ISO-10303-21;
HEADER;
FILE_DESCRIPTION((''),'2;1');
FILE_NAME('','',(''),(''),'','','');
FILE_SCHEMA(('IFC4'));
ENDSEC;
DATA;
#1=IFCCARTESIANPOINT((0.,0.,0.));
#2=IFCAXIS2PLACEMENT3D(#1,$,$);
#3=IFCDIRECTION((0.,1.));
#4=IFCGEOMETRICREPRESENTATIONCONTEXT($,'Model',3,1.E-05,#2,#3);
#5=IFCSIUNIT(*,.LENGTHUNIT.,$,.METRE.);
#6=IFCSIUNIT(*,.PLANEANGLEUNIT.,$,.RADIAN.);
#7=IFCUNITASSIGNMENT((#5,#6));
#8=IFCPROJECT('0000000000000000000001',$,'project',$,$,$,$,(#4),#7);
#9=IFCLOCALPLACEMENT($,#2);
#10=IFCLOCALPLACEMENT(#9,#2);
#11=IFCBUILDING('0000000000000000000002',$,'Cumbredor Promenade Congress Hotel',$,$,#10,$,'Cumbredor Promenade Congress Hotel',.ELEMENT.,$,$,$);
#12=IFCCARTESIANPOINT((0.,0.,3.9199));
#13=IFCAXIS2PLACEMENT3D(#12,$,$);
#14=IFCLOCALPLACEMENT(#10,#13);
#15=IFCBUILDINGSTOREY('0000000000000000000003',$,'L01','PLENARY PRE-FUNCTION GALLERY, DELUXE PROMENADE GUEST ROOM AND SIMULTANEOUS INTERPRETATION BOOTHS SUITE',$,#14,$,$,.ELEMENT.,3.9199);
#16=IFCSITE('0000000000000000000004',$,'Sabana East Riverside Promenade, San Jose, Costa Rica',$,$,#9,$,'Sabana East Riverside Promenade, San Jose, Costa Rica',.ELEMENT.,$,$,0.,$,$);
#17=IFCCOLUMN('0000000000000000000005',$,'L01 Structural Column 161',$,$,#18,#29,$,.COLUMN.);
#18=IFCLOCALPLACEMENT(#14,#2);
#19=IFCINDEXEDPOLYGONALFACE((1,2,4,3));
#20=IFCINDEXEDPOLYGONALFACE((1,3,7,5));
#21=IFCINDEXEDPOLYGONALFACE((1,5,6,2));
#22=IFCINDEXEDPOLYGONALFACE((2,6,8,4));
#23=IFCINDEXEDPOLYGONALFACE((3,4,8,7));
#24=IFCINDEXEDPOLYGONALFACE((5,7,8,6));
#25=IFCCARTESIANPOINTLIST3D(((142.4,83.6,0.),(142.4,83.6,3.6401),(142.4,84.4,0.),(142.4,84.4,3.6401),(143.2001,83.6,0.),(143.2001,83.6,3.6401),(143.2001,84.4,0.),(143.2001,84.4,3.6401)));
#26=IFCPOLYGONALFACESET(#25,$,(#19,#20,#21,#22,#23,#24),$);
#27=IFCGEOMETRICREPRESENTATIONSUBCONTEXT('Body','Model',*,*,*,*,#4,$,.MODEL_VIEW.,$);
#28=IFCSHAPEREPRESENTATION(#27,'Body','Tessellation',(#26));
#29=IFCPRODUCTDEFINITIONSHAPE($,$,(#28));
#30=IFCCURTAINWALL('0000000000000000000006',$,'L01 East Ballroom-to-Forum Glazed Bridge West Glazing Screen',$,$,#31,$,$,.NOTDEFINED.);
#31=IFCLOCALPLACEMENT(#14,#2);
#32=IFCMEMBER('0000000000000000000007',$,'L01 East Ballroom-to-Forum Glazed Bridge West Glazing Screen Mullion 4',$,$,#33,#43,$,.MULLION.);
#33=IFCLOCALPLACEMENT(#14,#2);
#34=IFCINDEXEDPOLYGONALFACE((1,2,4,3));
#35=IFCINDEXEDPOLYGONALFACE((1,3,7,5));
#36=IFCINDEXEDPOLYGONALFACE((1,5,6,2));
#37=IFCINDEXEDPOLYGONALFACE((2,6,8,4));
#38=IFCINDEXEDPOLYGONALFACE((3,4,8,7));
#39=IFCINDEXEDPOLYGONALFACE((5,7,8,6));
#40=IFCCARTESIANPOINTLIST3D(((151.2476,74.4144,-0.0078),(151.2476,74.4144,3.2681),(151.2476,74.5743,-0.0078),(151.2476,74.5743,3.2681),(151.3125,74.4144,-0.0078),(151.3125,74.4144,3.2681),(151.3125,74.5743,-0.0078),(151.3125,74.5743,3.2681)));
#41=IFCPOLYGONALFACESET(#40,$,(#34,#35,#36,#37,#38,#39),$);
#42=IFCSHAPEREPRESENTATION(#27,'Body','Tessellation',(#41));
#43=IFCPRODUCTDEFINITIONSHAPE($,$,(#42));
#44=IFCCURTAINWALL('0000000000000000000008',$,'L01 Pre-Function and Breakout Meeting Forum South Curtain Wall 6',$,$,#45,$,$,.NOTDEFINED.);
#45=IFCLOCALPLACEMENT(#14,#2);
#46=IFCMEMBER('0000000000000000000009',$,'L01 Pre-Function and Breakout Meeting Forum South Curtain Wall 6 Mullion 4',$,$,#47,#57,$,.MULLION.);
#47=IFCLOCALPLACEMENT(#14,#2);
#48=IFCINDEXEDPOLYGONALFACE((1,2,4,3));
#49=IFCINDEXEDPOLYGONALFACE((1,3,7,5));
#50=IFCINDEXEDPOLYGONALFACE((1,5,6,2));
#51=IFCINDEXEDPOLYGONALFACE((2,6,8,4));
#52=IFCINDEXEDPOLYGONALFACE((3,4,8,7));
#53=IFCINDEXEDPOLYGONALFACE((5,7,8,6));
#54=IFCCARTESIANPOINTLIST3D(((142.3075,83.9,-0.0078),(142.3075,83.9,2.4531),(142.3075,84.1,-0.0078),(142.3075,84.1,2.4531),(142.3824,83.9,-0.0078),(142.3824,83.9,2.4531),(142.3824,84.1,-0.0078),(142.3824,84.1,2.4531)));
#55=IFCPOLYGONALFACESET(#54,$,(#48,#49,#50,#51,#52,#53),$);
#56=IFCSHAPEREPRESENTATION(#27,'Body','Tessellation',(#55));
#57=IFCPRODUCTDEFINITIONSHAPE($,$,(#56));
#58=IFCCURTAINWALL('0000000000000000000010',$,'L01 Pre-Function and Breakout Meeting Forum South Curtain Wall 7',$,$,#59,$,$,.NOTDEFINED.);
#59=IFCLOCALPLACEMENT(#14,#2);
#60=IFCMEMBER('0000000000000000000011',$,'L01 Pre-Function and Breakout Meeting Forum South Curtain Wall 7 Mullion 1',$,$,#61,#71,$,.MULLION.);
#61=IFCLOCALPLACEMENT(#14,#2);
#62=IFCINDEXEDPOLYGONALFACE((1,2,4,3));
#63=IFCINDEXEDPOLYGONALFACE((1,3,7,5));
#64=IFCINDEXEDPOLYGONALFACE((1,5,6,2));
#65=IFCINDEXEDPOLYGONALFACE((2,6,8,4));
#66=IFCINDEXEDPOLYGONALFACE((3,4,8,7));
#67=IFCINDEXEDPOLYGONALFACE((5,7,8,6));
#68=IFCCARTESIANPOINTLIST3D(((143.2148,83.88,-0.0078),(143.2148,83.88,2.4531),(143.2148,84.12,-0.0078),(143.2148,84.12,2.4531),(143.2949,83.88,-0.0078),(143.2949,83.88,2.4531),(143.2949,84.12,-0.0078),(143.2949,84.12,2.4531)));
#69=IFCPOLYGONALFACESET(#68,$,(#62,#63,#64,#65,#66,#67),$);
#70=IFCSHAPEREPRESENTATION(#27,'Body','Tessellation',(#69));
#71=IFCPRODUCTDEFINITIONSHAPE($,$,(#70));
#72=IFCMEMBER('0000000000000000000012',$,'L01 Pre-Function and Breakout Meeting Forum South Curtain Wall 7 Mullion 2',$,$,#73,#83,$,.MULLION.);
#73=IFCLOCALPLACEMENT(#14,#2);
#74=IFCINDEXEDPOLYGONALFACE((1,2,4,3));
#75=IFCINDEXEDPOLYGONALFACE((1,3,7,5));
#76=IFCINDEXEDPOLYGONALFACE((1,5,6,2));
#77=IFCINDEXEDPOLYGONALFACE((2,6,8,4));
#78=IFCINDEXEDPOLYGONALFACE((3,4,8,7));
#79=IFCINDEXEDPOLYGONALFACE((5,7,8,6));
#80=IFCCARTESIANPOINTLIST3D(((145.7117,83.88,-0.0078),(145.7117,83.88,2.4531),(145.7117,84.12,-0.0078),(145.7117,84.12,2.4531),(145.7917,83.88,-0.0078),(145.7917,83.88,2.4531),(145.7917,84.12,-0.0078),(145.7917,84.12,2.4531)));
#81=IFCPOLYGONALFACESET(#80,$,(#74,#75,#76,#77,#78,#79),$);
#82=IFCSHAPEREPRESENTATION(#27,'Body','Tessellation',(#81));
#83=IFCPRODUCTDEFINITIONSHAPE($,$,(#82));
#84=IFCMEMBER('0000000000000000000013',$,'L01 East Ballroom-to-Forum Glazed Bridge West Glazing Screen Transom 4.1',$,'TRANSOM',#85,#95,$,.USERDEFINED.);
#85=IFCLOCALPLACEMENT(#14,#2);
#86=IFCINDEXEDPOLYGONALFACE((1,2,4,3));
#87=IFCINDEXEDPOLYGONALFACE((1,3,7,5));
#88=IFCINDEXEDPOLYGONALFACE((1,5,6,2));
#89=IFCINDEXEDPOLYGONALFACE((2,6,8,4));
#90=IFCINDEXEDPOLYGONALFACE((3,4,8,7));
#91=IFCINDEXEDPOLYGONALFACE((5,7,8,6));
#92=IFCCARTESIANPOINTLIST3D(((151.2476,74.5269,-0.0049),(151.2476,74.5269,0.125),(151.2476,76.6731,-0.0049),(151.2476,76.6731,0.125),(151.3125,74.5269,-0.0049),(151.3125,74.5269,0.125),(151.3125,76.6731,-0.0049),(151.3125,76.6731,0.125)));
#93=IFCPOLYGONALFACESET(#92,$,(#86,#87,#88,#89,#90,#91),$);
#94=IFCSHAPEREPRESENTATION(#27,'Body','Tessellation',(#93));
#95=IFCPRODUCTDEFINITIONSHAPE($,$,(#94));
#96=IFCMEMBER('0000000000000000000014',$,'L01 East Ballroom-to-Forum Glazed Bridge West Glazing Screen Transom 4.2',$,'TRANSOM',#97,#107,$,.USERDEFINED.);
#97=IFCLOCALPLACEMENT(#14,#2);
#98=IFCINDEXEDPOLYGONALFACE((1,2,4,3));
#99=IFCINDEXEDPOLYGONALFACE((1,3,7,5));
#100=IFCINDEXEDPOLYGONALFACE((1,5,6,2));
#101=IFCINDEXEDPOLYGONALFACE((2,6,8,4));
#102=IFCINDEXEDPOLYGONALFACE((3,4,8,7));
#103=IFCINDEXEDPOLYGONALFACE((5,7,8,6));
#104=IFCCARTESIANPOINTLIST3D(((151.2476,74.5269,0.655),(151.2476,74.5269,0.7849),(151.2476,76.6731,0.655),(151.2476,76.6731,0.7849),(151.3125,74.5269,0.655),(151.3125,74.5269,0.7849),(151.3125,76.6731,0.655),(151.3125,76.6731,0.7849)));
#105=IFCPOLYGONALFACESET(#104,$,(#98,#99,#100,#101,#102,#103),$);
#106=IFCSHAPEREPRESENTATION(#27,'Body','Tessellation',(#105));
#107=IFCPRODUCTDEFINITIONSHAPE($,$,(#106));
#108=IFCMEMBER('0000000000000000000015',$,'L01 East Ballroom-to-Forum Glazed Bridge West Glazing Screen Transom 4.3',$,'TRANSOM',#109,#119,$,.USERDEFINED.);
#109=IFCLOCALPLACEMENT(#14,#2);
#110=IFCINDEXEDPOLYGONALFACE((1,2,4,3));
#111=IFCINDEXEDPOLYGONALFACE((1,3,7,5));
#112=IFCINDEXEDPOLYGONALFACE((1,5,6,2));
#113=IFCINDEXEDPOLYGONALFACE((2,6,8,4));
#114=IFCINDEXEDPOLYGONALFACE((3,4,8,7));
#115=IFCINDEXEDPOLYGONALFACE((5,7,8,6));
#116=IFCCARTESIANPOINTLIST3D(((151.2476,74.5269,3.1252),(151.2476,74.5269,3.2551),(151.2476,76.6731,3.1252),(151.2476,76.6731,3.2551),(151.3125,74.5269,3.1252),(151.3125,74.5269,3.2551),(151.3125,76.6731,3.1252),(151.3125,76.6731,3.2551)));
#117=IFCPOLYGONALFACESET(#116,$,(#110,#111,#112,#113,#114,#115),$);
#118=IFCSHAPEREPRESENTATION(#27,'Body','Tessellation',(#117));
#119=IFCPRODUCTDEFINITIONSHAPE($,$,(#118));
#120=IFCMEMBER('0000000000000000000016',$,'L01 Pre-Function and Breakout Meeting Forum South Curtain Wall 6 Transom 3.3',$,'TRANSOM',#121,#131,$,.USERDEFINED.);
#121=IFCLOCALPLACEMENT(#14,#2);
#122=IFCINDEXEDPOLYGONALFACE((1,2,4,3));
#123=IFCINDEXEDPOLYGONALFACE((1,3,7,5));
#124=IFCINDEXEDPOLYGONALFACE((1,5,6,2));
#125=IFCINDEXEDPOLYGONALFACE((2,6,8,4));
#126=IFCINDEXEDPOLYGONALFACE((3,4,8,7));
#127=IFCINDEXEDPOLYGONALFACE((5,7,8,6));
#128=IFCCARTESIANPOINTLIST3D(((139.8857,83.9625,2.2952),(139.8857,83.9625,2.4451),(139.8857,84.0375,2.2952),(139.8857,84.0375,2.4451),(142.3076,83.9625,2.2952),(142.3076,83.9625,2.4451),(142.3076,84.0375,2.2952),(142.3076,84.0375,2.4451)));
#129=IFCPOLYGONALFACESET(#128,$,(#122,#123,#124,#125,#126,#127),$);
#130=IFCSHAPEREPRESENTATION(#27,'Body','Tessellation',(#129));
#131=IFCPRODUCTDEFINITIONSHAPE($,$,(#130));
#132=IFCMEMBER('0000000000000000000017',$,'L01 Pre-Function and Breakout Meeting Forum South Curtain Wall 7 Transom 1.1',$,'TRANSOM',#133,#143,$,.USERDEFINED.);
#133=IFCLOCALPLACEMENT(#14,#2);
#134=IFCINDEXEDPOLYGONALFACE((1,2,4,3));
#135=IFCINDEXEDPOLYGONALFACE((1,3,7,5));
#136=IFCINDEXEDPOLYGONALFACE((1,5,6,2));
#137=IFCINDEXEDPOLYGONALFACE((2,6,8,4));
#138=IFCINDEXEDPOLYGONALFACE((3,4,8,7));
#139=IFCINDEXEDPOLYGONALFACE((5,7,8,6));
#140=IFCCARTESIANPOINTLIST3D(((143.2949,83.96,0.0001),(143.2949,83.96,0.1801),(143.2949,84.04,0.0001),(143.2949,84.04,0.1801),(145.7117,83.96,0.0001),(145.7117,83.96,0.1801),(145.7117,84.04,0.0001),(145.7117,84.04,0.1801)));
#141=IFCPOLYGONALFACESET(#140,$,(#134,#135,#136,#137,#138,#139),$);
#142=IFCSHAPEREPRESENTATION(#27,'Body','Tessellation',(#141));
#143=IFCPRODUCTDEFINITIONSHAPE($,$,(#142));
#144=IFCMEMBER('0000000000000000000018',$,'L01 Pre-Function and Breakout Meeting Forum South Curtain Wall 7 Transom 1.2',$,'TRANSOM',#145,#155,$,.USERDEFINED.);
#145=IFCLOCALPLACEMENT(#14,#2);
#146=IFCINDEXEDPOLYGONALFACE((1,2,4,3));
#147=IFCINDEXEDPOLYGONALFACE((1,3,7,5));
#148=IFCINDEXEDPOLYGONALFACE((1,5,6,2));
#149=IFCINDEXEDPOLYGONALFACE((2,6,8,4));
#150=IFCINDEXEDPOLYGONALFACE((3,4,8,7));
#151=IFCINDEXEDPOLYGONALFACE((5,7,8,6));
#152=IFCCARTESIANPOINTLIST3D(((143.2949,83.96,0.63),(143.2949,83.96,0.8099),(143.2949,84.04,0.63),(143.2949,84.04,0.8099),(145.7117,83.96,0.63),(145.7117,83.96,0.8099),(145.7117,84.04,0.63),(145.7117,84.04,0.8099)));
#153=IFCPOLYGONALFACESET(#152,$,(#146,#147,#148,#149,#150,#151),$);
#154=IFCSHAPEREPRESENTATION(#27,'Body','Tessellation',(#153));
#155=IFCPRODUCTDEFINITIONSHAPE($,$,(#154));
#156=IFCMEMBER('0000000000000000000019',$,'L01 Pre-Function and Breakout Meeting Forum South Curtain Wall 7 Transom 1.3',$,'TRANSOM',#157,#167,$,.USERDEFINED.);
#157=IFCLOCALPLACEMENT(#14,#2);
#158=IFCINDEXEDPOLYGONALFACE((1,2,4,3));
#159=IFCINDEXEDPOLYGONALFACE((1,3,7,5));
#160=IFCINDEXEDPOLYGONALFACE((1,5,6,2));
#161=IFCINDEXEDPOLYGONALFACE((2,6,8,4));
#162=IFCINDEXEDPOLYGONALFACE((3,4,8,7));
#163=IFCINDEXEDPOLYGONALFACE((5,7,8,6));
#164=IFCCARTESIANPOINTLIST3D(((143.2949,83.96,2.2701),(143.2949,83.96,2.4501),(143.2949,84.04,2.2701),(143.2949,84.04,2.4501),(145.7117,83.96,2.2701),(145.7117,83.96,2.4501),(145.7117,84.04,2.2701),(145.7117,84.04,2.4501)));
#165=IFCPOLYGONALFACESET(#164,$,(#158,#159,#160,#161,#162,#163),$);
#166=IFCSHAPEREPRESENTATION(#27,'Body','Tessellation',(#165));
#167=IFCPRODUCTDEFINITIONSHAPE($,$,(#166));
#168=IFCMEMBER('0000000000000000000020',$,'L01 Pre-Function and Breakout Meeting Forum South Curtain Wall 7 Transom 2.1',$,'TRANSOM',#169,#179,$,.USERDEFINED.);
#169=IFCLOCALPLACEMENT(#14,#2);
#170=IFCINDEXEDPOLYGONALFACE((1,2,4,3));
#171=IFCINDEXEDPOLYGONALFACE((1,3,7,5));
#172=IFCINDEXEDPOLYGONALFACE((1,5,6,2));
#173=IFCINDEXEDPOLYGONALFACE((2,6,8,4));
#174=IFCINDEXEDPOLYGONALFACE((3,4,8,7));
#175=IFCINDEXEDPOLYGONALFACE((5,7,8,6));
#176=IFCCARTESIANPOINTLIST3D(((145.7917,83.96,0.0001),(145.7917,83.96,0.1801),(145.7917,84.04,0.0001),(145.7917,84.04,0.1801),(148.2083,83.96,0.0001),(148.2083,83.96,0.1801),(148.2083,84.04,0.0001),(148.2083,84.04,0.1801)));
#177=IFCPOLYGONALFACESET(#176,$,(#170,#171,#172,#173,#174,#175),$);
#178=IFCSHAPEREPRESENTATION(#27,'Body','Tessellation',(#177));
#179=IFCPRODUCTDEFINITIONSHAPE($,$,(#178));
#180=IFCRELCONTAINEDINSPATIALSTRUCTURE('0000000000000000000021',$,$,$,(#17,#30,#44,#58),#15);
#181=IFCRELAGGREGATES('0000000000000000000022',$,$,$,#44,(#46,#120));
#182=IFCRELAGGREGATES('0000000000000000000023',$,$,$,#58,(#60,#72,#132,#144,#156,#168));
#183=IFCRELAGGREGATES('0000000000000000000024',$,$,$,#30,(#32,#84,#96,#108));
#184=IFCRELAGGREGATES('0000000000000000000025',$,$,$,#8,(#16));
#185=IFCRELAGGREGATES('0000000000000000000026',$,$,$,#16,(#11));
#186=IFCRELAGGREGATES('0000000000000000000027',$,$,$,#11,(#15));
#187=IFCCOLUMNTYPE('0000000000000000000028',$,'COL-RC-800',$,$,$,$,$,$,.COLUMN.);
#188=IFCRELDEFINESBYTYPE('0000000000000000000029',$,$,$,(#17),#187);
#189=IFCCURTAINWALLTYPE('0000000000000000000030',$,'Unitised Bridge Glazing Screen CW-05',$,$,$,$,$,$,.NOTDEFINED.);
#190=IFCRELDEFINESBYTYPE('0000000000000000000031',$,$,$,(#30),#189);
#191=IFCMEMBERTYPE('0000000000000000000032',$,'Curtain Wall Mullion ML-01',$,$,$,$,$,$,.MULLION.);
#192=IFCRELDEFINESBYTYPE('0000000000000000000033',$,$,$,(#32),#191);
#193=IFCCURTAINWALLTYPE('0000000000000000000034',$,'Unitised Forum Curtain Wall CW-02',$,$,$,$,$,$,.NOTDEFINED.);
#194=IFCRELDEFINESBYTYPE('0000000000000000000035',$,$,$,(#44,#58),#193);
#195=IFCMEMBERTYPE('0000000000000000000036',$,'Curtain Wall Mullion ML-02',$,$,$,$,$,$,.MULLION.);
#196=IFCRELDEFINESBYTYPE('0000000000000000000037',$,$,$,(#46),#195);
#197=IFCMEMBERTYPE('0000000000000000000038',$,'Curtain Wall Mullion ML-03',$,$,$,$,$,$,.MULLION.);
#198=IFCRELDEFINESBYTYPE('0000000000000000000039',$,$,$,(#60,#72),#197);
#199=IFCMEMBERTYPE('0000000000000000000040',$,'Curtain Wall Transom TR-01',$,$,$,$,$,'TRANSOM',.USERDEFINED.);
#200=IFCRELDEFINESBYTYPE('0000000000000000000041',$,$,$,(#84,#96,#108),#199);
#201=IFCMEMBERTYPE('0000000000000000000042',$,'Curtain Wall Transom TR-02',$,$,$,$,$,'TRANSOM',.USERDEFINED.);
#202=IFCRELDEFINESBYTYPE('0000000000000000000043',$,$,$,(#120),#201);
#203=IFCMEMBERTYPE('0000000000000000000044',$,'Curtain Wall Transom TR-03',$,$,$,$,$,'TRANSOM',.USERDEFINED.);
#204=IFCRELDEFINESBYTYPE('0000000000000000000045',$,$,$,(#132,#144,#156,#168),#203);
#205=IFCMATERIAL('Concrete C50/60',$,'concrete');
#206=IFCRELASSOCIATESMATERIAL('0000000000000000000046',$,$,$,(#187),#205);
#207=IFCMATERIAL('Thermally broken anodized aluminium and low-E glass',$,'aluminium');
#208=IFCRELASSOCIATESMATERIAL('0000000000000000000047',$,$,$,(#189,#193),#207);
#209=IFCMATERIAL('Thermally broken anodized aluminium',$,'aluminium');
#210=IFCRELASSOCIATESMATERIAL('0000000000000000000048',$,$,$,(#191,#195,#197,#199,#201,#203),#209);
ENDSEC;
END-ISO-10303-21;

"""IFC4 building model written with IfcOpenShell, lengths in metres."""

from ifc_helpers import new_model, si_unit, direction, frame, origin, origin_2d, place, context, subcontext, project, spatial, rectangle, extrude, material, material_profile, profile_set, type_object, element, aggregate, save


model = new_model("IFC4")

# Units and contexts
model_context = context("Model", 3, precision=1e-05, world=origin(), true_north=direction((0.0, 1.0)))
body_context = subcontext(model_context, "Body", "Model", "MODEL_VIEW")
ifc_project = project(units=[si_unit("LENGTHUNIT", "METRE"), si_unit("PLANEANGLEUNIT", "RADIAN")], contexts=[model_context])

# Site, building, storey
site_placement = place(None, origin())
site = spatial("IfcSite", under=ifc_project, at=site_placement, Name="Sabana East Riverside Promenade, San Jose, Costa Rica", LongName="Sabana East Riverside Promenade, San Jose, Costa Rica", CompositionType="ELEMENT", RefElevation=0.0)
building_placement = place(site_placement, origin())
building = spatial("IfcBuilding", under=site, at=building_placement, Name="Cumbredor Promenade Congress Hotel", LongName="Cumbredor Promenade Congress Hotel", CompositionType="ELEMENT")
storey_placement = place(building_placement, frame((0.0, 0.0, 3.9199)))
storey = spatial("IfcBuildingStorey", under=building, at=storey_placement, Name="L01", Description="PLENARY PRE-FUNCTION GALLERY, DELUXE PROMENADE GUEST ROOM AND SIMULTANEOUS INTERPRETATION BOOTHS SUITE", CompositionType="ELEMENT", Elevation=3.9199)

# Column
ifc_material_1 = material(Name="Concrete C50/60", Category="concrete")
ifc_material_profile_1 = material_profile(ifc_material_1, rectangle(XDim=0.8, YDim=0.8, at=origin_2d()), Name="RC 800x800")
ifc_profile_set_1 = profile_set([ifc_material_profile_1], Name="Concrete C50/60")
column_type = type_object("IfcColumnType", Name="COL-RC-800", PredefinedType="COLUMN", material=ifc_profile_set_1)
column_placement = place(storey_placement, frame((142.8, 84.0, 0.0), z_axis=(0.0, 0.0, 1.0), x_axis=(1.0, 0.0, 0.0)))
element("IfcColumn", 1, at=column_placement, inside=storey, type_object=column_type, Name="L01 Structural Column 161", PredefinedType="COLUMN", context=body_context, shape_type="SweptSolid", body=[
    extrude(rectangle(XDim=0.8, YDim=0.8, at=origin_2d()), origin(), (0.0, 0.0, 1.0), 3.6401),
])

# Curtain walls, members
ifc_material_2 = material(Name="Thermally broken anodized aluminium and low-E glass", Category="aluminium")
curtain_wall_type_1 = type_object("IfcCurtainWallType", Name="Unitised Bridge Glazing Screen CW-05", PredefinedType="NOTDEFINED", material=ifc_material_2)
curtain_wall_1_placement = place(storey_placement, origin())
curtain_wall_1 = element("IfcCurtainWall", 2, at=curtain_wall_1_placement, inside=storey, type_object=curtain_wall_type_1, Name="L01 East Ballroom-to-Forum Glazed Bridge West Glazing Screen", PredefinedType="NOTDEFINED")
ifc_material_3 = material(Name="Thermally broken anodized aluminium", Category="aluminium")
ifc_material_profile_2 = material_profile(ifc_material_3, rectangle(XDim=0.0649, YDim=0.1599, at=origin_2d()), Name="ALU MULLION 65x160")
ifc_profile_set_2 = profile_set([ifc_material_profile_2], Name="Thermally broken anodized aluminium")
member_type_1 = type_object("IfcMemberType", Name="Curtain Wall Mullion ML-01", PredefinedType="MULLION", material=ifc_profile_set_2)
member_1_placement = place(storey_placement, frame((151.28, 74.4944, -0.0078), z_axis=(0.0, 0.0, 1.0), x_axis=(1.0, 0.0, 0.0)))
member_1 = element("IfcMember", 3, at=member_1_placement, type_object=member_type_1, Name="L01 East Ballroom-to-Forum Glazed Bridge West Glazing Screen Mullion 4", PredefinedType="MULLION", context=body_context, shape_type="SweptSolid", body=[
    extrude(rectangle(XDim=0.0649, YDim=0.1599, at=origin_2d()), origin(), (0.0, 0.0, 1.0), 3.2759),
])
curtain_wall_type_2 = type_object("IfcCurtainWallType", Name="Unitised Forum Curtain Wall CW-02", PredefinedType="NOTDEFINED", material=ifc_material_2)
curtain_wall_2_placement = place(storey_placement, origin())
curtain_wall_2 = element("IfcCurtainWall", 4, at=curtain_wall_2_placement, inside=storey, type_object=curtain_wall_type_2, Name="L01 Pre-Function and Breakout Meeting Forum South Curtain Wall 6", PredefinedType="NOTDEFINED")
ifc_material_profile_3 = material_profile(ifc_material_3, rectangle(XDim=0.075, YDim=0.2, at=origin_2d()), Name="ALU MULLION 75x200")
ifc_profile_set_3 = profile_set([ifc_material_profile_3], Name="Thermally broken anodized aluminium")
member_type_2 = type_object("IfcMemberType", Name="Curtain Wall Mullion ML-02", PredefinedType="MULLION", material=ifc_profile_set_3)
member_2_placement = place(storey_placement, frame((142.345, 84.0, -0.0078), z_axis=(0.0, 0.0, 1.0), x_axis=(1.0, 0.0, 0.0)))
member_2 = element("IfcMember", 5, at=member_2_placement, type_object=member_type_2, Name="L01 Pre-Function and Breakout Meeting Forum South Curtain Wall 6 Mullion 4", PredefinedType="MULLION", context=body_context, shape_type="SweptSolid", body=[
    extrude(rectangle(XDim=0.075, YDim=0.2, at=origin_2d()), origin(), (0.0, 0.0, 1.0), 2.4609),
])

# Curtain wall, members
curtain_wall_3_placement = place(storey_placement, origin())
curtain_wall_3 = element("IfcCurtainWall", 6, at=curtain_wall_3_placement, inside=storey, type_object=curtain_wall_type_2, Name="L01 Pre-Function and Breakout Meeting Forum South Curtain Wall 7", PredefinedType="NOTDEFINED")
ifc_material_profile_4 = material_profile(ifc_material_3, rectangle(XDim=0.0801, YDim=0.24, at=origin_2d()), Name="ALU MULLION 80x240")
ifc_profile_set_4 = profile_set([ifc_material_profile_4], Name="Thermally broken anodized aluminium")
member_type_3 = type_object("IfcMemberType", Name="Curtain Wall Mullion ML-03", PredefinedType="MULLION", material=ifc_profile_set_4)
member_3_placement = place(storey_placement, frame((143.2549, 84.0, -0.0078), z_axis=(0.0, 0.0, 1.0), x_axis=(1.0, 0.0, 0.0)))
member_3 = element("IfcMember", 7, at=member_3_placement, type_object=member_type_3, Name="L01 Pre-Function and Breakout Meeting Forum South Curtain Wall 7 Mullion 1", PredefinedType="MULLION", context=body_context, shape_type="SweptSolid", body=[
    extrude(rectangle(XDim=0.0801, YDim=0.24, at=origin_2d()), origin(), (0.0, 0.0, 1.0), 2.4609),
])
member_4_placement = place(storey_placement, frame((145.7517, 84.0, -0.0078), z_axis=(0.0, 0.0, 1.0), x_axis=(1.0, 0.0, 0.0)))
member_4 = element("IfcMember", 8, at=member_4_placement, type_object=member_type_3, Name="L01 Pre-Function and Breakout Meeting Forum South Curtain Wall 7 Mullion 2", PredefinedType="MULLION", context=body_context, shape_type="SweptSolid", body=[
    extrude(rectangle(XDim=0.0801, YDim=0.24, at=origin_2d()), origin(), (0.0, 0.0, 1.0), 2.4609),
])

# Members
ifc_material_profile_5 = material_profile(ifc_material_3, rectangle(XDim=0.0649, YDim=0.1299, at=origin_2d()), Name="ALU TRANSOM 65x130")
ifc_profile_set_5 = profile_set([ifc_material_profile_5], Name="Thermally broken anodized aluminium")
member_type_4 = type_object("IfcMemberType", Name="Curtain Wall Transom TR-01", ElementType="TRANSOM", PredefinedType="USERDEFINED", material=ifc_profile_set_5)
member_5_placement = place(storey_placement, frame((151.28, 74.5269, 0.0601), z_axis=(0.0, 1.0, 0.0), x_axis=(-1.0, 0.0, 0.0)))
member_5 = element("IfcMember", 9, at=member_5_placement, type_object=member_type_4, Name="L01 East Ballroom-to-Forum Glazed Bridge West Glazing Screen Transom 4.1", ObjectType="TRANSOM", PredefinedType="USERDEFINED", context=body_context, shape_type="SweptSolid", body=[
    extrude(rectangle(XDim=0.0649, YDim=0.1299, at=origin_2d()), origin(), (0.0, 0.0, 1.0), 2.1462),
])
member_6_placement = place(storey_placement, frame((151.28, 74.5269, 0.72), z_axis=(0.0, 1.0, 0.0), x_axis=(-1.0, 0.0, 0.0)))
member_6 = element("IfcMember", 10, at=member_6_placement, type_object=member_type_4, Name="L01 East Ballroom-to-Forum Glazed Bridge West Glazing Screen Transom 4.2", ObjectType="TRANSOM", PredefinedType="USERDEFINED", context=body_context, shape_type="SweptSolid", body=[
    extrude(rectangle(XDim=0.0649, YDim=0.1299, at=origin_2d()), origin(), (0.0, 0.0, 1.0), 2.1462),
])
member_7_placement = place(storey_placement, frame((151.28, 74.5269, 3.1902), z_axis=(0.0, 1.0, 0.0), x_axis=(-1.0, 0.0, 0.0)))
member_7 = element("IfcMember", 11, at=member_7_placement, type_object=member_type_4, Name="L01 East Ballroom-to-Forum Glazed Bridge West Glazing Screen Transom 4.3", ObjectType="TRANSOM", PredefinedType="USERDEFINED", context=body_context, shape_type="SweptSolid", body=[
    extrude(rectangle(XDim=0.0649, YDim=0.1299, at=origin_2d()), origin(), (0.0, 0.0, 1.0), 2.1462),
])
ifc_material_profile_6 = material_profile(ifc_material_3, rectangle(XDim=0.075, YDim=0.1499, at=origin_2d()), Name="ALU TRANSOM 75x150")
ifc_profile_set_6 = profile_set([ifc_material_profile_6], Name="Thermally broken anodized aluminium")
member_type_5 = type_object("IfcMemberType", Name="Curtain Wall Transom TR-02", ElementType="TRANSOM", PredefinedType="USERDEFINED", material=ifc_profile_set_6)
member_8_placement = place(storey_placement, frame((139.8857, 84.0, 2.3701), z_axis=(1.0, 0.0, 0.0), x_axis=(0.0, 1.0, 0.0)))
member_8 = element("IfcMember", 12, at=member_8_placement, type_object=member_type_5, Name="L01 Pre-Function and Breakout Meeting Forum South Curtain Wall 6 Transom 3.3", ObjectType="TRANSOM", PredefinedType="USERDEFINED", context=body_context, shape_type="SweptSolid", body=[
    extrude(rectangle(XDim=0.075, YDim=0.1499, at=origin_2d()), origin(), (0.0, 0.0, 1.0), 2.4219),
])
ifc_material_profile_7 = material_profile(ifc_material_3, rectangle(XDim=0.0801, YDim=0.1799, at=origin_2d()), Name="ALU TRANSOM 80x180")
ifc_profile_set_7 = profile_set([ifc_material_profile_7], Name="Thermally broken anodized aluminium")
member_type_6 = type_object("IfcMemberType", Name="Curtain Wall Transom TR-03", ElementType="TRANSOM", PredefinedType="USERDEFINED", material=ifc_profile_set_7)
member_9_placement = place(storey_placement, frame((143.2949, 84.0, 0.0901), z_axis=(1.0, 0.0, 0.0), x_axis=(0.0, 1.0, 0.0)))
member_9 = element("IfcMember", 13, at=member_9_placement, type_object=member_type_6, Name="L01 Pre-Function and Breakout Meeting Forum South Curtain Wall 7 Transom 1.1", ObjectType="TRANSOM", PredefinedType="USERDEFINED", context=body_context, shape_type="SweptSolid", body=[
    extrude(rectangle(XDim=0.0801, YDim=0.1799, at=origin_2d()), origin(), (0.0, 0.0, 1.0), 2.4167),
])
member_10_placement = place(storey_placement, frame((143.2949, 84.0, 0.72), z_axis=(1.0, 0.0, 0.0), x_axis=(0.0, 1.0, 0.0)))
member_10 = element("IfcMember", 14, at=member_10_placement, type_object=member_type_6, Name="L01 Pre-Function and Breakout Meeting Forum South Curtain Wall 7 Transom 1.2", ObjectType="TRANSOM", PredefinedType="USERDEFINED", context=body_context, shape_type="SweptSolid", body=[
    extrude(rectangle(XDim=0.0801, YDim=0.1799, at=origin_2d()), origin(), (0.0, 0.0, 1.0), 2.4167),
])
member_11_placement = place(storey_placement, frame((143.2949, 84.0, 2.3601), z_axis=(1.0, 0.0, 0.0), x_axis=(0.0, 1.0, 0.0)))
member_11 = element("IfcMember", 15, at=member_11_placement, type_object=member_type_6, Name="L01 Pre-Function and Breakout Meeting Forum South Curtain Wall 7 Transom 1.3", ObjectType="TRANSOM", PredefinedType="USERDEFINED", context=body_context, shape_type="SweptSolid", body=[
    extrude(rectangle(XDim=0.0801, YDim=0.1799, at=origin_2d()), origin(), (0.0, 0.0, 1.0), 2.4167),
])
member_12_placement = place(storey_placement, frame((145.7917, 84.0, 0.0901), z_axis=(1.0, 0.0, 0.0), x_axis=(0.0, 1.0, 0.0)))
member_12 = element("IfcMember", 16, at=member_12_placement, type_object=member_type_6, Name="L01 Pre-Function and Breakout Meeting Forum South Curtain Wall 7 Transom 2.1", ObjectType="TRANSOM", PredefinedType="USERDEFINED", context=body_context, shape_type="SweptSolid", body=[
    extrude(rectangle(XDim=0.0801, YDim=0.1799, at=origin_2d()), origin(), (0.0, 0.0, 1.0), 2.4165),
])

aggregate(curtain_wall_2, [member_2, member_8])
aggregate(curtain_wall_3, [member_3, member_4, member_9, member_10, member_11, member_12])
aggregate(curtain_wall_1, [member_1, member_5, member_6, member_7])

save(model, "model.ifc")
